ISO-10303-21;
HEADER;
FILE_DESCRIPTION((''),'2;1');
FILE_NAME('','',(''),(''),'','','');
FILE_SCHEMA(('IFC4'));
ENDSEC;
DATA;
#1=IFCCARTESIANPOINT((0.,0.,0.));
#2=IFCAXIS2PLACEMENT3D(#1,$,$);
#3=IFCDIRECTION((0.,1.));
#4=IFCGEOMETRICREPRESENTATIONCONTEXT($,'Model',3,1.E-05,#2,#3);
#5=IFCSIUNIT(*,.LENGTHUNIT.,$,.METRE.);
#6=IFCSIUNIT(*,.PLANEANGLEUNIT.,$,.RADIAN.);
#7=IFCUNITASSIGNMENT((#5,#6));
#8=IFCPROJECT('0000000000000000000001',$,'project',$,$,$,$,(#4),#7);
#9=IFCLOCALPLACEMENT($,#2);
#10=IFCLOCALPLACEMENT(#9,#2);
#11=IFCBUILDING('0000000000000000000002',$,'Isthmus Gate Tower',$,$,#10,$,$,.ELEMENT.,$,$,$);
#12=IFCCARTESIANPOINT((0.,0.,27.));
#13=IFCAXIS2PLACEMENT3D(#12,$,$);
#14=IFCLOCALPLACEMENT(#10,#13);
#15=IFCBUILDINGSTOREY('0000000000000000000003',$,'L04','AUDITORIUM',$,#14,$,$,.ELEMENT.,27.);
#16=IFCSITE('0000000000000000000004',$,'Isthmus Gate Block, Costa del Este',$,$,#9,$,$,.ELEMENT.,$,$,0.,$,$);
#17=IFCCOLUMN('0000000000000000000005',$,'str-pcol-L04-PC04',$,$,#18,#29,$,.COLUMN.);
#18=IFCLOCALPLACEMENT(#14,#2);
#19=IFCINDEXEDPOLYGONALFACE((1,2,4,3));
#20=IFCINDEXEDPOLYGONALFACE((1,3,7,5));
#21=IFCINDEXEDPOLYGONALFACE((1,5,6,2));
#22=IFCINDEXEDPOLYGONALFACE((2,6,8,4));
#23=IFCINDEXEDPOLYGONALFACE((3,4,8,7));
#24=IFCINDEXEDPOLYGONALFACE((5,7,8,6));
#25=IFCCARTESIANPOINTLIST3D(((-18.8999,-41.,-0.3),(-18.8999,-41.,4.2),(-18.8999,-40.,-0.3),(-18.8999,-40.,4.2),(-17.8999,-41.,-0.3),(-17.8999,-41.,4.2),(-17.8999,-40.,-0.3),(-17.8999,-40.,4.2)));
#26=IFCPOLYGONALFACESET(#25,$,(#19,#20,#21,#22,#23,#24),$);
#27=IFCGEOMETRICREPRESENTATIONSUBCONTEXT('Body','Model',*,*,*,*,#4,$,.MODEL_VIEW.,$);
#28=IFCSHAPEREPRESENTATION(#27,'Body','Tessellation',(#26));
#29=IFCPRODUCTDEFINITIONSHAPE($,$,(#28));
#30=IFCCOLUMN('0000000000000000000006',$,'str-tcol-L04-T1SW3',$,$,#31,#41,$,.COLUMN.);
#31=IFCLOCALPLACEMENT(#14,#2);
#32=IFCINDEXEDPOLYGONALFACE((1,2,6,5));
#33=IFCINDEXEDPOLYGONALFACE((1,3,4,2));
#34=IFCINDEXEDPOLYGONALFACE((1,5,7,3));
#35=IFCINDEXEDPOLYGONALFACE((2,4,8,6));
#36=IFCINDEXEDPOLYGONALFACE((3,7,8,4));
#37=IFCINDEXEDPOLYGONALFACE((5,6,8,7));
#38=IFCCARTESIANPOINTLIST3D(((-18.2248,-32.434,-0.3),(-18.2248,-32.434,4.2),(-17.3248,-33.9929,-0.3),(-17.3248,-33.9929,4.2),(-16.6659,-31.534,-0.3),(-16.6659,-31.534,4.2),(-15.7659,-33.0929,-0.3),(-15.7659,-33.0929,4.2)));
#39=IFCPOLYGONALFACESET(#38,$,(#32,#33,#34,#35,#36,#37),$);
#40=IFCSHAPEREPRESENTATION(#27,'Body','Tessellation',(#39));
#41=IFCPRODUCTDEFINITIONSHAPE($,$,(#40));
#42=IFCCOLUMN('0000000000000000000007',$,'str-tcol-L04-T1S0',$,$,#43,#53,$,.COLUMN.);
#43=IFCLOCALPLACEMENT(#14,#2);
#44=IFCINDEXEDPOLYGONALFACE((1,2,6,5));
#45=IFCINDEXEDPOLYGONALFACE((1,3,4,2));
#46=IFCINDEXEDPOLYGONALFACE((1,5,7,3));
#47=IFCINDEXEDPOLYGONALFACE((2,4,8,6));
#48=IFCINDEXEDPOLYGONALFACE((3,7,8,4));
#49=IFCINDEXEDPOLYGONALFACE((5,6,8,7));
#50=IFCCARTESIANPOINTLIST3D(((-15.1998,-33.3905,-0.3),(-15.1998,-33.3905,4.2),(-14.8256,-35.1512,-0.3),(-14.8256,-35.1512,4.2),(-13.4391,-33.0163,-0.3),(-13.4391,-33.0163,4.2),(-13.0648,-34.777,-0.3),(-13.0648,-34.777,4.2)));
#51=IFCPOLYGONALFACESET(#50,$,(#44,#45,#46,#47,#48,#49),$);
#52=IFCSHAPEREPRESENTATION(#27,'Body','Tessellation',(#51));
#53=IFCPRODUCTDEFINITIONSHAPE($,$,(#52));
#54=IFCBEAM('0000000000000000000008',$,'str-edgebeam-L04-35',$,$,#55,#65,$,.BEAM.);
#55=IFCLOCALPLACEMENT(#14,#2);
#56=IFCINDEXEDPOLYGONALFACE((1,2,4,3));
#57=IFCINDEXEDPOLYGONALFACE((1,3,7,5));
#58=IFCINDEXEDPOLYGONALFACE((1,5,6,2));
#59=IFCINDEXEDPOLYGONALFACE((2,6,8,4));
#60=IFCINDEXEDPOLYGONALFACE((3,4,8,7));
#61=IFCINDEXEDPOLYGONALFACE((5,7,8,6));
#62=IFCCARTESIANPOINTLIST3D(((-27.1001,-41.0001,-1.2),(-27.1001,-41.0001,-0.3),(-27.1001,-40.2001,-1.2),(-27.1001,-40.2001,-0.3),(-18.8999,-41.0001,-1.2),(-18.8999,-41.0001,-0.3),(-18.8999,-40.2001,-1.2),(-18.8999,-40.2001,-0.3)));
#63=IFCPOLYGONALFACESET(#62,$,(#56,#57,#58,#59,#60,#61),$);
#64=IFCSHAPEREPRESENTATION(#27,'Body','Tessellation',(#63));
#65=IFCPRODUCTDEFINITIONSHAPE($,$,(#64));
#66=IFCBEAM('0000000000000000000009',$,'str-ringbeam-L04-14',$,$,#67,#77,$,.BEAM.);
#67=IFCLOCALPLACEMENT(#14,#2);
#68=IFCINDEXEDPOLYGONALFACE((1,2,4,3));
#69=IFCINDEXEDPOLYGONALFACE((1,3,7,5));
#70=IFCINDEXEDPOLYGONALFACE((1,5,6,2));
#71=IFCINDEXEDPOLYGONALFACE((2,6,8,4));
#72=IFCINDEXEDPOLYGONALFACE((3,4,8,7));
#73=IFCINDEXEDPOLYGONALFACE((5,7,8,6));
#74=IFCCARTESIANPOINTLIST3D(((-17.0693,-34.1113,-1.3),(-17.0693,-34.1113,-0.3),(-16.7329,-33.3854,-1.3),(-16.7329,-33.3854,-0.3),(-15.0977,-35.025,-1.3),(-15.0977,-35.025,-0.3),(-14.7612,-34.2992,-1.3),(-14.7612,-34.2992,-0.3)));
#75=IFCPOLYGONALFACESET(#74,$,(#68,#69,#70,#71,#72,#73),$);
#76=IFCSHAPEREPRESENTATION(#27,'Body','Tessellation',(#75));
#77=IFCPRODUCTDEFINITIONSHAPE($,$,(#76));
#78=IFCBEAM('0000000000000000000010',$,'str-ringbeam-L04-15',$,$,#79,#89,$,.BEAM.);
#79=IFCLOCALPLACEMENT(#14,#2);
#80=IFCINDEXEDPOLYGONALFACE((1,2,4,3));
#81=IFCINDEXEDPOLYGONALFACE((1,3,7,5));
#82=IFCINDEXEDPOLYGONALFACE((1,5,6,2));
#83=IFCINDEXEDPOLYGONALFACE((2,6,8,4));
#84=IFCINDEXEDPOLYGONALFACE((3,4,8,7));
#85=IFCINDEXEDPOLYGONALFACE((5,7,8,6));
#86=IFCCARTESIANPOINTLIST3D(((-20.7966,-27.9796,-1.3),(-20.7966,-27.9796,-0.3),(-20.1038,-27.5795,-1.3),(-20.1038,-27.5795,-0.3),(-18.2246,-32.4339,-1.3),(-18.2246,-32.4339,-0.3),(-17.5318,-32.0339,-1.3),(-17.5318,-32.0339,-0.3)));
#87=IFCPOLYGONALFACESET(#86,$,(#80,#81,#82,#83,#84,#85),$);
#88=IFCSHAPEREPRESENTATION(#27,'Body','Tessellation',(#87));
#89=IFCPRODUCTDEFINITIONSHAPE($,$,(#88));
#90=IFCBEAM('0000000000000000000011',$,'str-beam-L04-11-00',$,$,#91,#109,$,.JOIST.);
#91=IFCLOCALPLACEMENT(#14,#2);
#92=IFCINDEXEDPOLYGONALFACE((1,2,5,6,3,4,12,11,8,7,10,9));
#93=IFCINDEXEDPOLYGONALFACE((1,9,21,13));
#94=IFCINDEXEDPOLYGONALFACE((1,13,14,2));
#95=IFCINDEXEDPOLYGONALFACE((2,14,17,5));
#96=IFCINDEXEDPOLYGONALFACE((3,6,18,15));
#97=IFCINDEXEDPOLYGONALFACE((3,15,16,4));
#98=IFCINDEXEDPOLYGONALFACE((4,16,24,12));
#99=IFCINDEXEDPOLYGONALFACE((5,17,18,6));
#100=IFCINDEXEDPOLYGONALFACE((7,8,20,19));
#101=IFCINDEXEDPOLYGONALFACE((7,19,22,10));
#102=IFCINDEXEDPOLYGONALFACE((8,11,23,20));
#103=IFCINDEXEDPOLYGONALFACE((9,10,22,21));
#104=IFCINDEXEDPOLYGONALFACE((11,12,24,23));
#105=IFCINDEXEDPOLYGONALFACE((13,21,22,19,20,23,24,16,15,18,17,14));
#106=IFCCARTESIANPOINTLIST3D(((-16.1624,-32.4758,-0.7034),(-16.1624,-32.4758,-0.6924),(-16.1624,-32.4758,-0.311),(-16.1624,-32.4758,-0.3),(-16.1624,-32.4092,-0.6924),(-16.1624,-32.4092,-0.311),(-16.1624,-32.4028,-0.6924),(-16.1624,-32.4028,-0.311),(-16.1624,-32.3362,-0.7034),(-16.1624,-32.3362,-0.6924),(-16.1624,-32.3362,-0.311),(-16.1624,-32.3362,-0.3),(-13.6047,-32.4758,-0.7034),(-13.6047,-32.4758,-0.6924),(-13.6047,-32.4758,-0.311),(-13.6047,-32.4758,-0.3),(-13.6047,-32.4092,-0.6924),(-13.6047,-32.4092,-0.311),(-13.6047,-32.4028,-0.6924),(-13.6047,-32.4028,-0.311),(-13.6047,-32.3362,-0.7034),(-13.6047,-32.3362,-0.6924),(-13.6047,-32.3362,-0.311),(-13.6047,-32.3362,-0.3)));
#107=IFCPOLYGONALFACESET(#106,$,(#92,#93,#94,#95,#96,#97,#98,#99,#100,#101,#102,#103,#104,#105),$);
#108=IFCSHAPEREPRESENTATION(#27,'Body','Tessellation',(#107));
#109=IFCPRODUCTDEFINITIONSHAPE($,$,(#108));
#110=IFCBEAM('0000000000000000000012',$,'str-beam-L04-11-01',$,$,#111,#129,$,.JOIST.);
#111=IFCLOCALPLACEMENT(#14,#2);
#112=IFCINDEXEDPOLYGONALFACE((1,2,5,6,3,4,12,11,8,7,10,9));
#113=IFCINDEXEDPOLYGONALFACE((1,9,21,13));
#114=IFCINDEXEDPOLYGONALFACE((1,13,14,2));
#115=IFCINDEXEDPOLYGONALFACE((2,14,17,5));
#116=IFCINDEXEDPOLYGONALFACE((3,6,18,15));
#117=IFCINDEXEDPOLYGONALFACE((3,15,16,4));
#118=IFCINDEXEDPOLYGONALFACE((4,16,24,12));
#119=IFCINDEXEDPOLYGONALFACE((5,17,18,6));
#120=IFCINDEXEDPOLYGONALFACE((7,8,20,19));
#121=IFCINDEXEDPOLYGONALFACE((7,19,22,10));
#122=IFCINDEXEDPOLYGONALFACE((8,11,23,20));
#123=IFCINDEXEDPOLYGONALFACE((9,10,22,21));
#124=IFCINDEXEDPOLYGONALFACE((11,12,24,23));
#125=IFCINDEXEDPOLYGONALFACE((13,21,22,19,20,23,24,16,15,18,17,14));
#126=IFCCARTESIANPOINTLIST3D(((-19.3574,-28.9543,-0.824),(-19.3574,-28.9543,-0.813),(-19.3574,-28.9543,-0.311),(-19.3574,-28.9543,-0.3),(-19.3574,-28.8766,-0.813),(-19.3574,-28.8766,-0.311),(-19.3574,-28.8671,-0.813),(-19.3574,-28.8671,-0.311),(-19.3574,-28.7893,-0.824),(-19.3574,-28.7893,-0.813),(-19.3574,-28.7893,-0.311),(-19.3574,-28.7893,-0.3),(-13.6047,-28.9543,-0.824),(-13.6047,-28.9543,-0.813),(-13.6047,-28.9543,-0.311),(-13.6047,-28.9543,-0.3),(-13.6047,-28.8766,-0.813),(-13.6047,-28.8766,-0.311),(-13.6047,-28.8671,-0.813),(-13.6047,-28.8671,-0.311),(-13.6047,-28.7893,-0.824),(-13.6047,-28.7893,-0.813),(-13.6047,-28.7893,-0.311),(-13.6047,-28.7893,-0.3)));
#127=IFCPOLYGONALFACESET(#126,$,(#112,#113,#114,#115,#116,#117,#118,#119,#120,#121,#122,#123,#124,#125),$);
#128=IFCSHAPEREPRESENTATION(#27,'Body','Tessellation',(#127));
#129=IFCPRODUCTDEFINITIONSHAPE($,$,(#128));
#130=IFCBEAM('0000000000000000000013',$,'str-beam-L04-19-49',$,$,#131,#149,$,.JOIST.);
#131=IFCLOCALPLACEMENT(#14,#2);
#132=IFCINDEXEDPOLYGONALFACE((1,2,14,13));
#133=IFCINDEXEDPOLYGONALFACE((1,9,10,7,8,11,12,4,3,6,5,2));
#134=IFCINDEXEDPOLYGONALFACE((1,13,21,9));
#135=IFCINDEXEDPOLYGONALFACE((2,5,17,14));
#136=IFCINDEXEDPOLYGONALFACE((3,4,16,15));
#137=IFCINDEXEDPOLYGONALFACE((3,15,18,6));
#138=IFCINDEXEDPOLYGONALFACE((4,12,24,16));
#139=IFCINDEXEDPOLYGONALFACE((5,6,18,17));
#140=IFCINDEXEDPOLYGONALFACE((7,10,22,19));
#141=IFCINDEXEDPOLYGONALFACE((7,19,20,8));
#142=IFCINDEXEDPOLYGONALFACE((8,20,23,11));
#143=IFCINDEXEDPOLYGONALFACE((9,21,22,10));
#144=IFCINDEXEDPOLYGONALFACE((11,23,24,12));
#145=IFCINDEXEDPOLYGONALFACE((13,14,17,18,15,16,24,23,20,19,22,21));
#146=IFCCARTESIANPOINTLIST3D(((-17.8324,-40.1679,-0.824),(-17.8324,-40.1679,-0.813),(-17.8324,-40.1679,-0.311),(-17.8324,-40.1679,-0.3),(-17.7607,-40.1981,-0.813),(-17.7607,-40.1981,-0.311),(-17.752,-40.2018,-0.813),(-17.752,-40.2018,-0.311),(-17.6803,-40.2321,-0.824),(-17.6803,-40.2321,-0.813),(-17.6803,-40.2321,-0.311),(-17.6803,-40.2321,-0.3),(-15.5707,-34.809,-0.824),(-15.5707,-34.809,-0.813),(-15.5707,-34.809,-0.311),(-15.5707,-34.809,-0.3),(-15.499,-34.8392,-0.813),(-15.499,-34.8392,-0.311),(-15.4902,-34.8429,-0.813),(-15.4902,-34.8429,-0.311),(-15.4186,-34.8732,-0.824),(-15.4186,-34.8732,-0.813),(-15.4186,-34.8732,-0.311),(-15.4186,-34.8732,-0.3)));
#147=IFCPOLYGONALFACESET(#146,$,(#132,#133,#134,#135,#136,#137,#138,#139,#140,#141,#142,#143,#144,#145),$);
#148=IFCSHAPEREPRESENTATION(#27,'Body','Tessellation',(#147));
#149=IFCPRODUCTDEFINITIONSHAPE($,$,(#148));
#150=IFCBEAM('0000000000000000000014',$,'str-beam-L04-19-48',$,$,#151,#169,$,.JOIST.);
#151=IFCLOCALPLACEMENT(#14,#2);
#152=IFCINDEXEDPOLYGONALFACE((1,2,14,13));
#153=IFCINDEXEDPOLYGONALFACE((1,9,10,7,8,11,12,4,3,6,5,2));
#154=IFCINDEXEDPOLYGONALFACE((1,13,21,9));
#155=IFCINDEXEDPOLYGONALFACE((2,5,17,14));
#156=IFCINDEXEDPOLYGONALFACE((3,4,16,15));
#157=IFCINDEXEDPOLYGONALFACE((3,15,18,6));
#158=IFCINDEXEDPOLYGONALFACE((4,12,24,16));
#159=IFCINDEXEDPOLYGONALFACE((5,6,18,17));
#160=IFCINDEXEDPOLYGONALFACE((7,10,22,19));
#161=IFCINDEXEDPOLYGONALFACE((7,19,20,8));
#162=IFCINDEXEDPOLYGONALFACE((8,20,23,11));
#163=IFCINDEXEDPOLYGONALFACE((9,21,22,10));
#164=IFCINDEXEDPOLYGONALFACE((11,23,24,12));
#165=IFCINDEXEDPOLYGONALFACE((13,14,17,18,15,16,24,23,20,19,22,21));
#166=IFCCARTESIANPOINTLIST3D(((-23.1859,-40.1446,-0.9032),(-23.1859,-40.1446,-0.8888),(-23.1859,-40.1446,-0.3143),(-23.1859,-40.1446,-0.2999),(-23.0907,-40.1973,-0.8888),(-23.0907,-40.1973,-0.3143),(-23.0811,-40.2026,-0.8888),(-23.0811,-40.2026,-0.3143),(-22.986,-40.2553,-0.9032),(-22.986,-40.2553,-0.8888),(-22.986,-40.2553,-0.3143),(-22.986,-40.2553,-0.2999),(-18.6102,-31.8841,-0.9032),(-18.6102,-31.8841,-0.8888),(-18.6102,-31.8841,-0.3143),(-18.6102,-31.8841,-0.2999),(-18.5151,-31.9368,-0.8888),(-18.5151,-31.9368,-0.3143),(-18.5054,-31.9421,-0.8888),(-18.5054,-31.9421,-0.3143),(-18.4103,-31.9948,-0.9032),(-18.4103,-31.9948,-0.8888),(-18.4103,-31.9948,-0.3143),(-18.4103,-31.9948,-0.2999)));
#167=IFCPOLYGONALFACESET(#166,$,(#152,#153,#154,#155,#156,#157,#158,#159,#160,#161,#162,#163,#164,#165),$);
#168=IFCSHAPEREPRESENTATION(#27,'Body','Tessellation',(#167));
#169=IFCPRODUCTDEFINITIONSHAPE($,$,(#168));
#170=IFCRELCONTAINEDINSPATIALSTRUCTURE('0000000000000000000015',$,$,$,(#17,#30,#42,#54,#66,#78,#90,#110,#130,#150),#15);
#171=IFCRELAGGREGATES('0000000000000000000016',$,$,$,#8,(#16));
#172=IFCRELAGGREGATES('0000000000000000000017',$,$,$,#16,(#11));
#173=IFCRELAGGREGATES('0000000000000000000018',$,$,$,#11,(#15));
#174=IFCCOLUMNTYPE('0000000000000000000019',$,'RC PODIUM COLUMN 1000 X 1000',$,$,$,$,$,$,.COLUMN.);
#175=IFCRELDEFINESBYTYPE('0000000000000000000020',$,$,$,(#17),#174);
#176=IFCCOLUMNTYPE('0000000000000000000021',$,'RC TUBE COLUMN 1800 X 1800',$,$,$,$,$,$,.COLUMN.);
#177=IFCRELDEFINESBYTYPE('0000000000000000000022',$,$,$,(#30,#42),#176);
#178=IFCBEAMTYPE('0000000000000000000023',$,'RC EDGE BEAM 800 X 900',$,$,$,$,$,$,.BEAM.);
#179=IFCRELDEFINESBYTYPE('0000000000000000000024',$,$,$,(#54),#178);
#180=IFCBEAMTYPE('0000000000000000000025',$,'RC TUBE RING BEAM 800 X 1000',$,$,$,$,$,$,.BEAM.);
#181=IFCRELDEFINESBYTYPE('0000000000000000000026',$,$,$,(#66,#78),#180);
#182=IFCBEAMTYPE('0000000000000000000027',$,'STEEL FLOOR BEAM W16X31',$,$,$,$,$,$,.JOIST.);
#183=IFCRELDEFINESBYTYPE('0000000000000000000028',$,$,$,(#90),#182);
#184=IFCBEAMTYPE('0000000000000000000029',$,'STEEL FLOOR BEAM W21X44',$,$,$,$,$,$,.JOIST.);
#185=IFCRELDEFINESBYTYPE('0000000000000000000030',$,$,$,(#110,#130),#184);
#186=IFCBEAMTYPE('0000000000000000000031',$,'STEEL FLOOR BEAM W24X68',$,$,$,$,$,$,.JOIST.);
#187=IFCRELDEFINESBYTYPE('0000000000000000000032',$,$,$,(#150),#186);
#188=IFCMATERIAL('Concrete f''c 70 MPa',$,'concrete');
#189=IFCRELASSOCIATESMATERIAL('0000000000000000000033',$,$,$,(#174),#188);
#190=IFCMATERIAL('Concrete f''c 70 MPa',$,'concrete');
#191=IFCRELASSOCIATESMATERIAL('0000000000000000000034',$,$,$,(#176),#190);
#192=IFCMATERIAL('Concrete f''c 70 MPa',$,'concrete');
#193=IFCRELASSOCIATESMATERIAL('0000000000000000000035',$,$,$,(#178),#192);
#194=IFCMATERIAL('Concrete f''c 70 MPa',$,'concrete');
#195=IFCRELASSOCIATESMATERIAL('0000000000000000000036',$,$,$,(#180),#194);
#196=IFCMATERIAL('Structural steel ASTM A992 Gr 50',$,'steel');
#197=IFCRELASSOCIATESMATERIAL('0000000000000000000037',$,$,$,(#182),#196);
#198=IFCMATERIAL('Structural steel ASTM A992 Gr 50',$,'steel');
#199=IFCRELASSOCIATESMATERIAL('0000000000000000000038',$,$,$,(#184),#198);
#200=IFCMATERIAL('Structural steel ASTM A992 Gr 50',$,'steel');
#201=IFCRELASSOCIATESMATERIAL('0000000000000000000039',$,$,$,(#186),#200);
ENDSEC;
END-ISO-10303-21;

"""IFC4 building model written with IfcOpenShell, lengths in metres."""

from ifc_helpers import new_model, si_unit, direction, frame, origin, origin_2d, place, context, subcontext, project, spatial, rectangle, i_section, extrude, material, material_profile, profile_set, type_object, element, save


model = new_model("IFC4")

# Units and contexts
model_context = context("Model", 3, precision=1e-05, world=origin(), true_north=direction((0.0, 1.0)))
body_context = subcontext(model_context, "Body", "Model", "MODEL_VIEW")
ifc_project = project(units=[si_unit("LENGTHUNIT", "METRE"), si_unit("PLANEANGLEUNIT", "RADIAN")], contexts=[model_context])

# Site, building, storey
site_placement = place(None, origin())
site = spatial("IfcSite", under=ifc_project, at=site_placement, Name="Isthmus Gate Block, Costa del Este", CompositionType="ELEMENT", RefElevation=0.0)
building_placement = place(site_placement, origin())
building = spatial("IfcBuilding", under=site, at=building_placement, Name="Isthmus Gate Tower", CompositionType="ELEMENT")
storey_placement = place(building_placement, frame((0.0, 0.0, 27.0)))
storey = spatial("IfcBuildingStorey", under=building, at=storey_placement, Name="L04", Description="AUDITORIUM", CompositionType="ELEMENT", Elevation=27.0)

# Columns
ifc_material_1 = material(Name="Concrete f'c 70 MPa", Category="concrete")
ifc_material_profile_1 = material_profile(ifc_material_1, rectangle(XDim=1.0, YDim=1.0, at=origin_2d()), Name="RC 1000X1000")
ifc_profile_set_1 = profile_set([ifc_material_profile_1], Name="Concrete f'c 70 MPa")
column_type_1 = type_object("IfcColumnType", Name="RC PODIUM COLUMN 1000 X 1000", PredefinedType="COLUMN", material=ifc_profile_set_1)
column_placement = place(storey_placement, frame((-18.3999, -40.5, -0.3), z_axis=(0.0, 0.0, 1.0), x_axis=(1.0, 0.0, 0.0)))
element("IfcColumn", 1, at=column_placement, inside=storey, type_object=column_type_1, Name="str-pcol-L04-PC04", PredefinedType="COLUMN", context=body_context, shape_type="SweptSolid", body=[
    extrude(rectangle(XDim=1.0, YDim=1.0, at=origin_2d()), origin(), (0.0, 0.0, 1.0), 4.5),
])
ifc_material_2 = material(Name="Concrete f'c 70 MPa", Category="concrete")
ifc_material_profile_2 = material_profile(ifc_material_2, rectangle(XDim=1.8, YDim=1.8, at=origin_2d()), Name="RC 1800X1800")
ifc_profile_set_2 = profile_set([ifc_material_profile_2], Name="Concrete f'c 70 MPa")
column_type_2 = type_object("IfcColumnType", Name="RC TUBE COLUMN 1800 X 1800", PredefinedType="COLUMN", material=ifc_profile_set_2)
for number, where, z_axis, x_axis, name in (
    (2, (-16.9954, -32.7634, -0.3), (0.0, 0.0, 1.0), (0.5, -0.866025, 0.0), "str-tcol-L04-T1SW3"),
    (3, (-14.1323, -34.0837, -0.3), (0.0, 0.0, 1.0), (0.978148, 0.207912, 0.0), "str-tcol-L04-T1S0"),
):
    element("IfcColumn", number, at=place(storey_placement, frame(where, z_axis=z_axis, x_axis=x_axis)), inside=storey, type_object=column_type_2, Name=name, PredefinedType="COLUMN", context=body_context, shape_type="SweptSolid", body=[
        extrude(rectangle(XDim=1.8, YDim=1.8, at=origin_2d()), origin(), (0.0, 0.0, 1.0), 4.5),
    ])

# Beams
ifc_material_3 = material(Name="Concrete f'c 70 MPa", Category="concrete")
ifc_material_profile_3 = material_profile(ifc_material_3, rectangle(XDim=0.8, YDim=0.8999, at=origin_2d()), Name="RC 800X900")
ifc_profile_set_3 = profile_set([ifc_material_profile_3], Name="Concrete f'c 70 MPa")
beam_type_1 = type_object("IfcBeamType", Name="RC EDGE BEAM 800 X 900", PredefinedType="BEAM", material=ifc_profile_set_3)
beam_1_placement = place(storey_placement, frame((-18.8999, -40.6001, -0.75), z_axis=(-1.0, 0.0, 0.0), x_axis=(0.0, -1.0, 0.0)))
element("IfcBeam", 4, at=beam_1_placement, inside=storey, type_object=beam_type_1, Name="str-edgebeam-L04-35", PredefinedType="BEAM", context=body_context, shape_type="SweptSolid", body=[
    extrude(rectangle(XDim=0.8, YDim=0.8999, at=origin_2d()), origin(), (0.0, 0.0, 1.0), 8.2002),
])
ifc_material_4 = material(Name="Concrete f'c 70 MPa", Category="concrete")
ifc_material_profile_4 = material_profile(ifc_material_4, rectangle(XDim=0.8, YDim=1.0, at=origin_2d()), Name="RC 800X1000")
ifc_profile_set_4 = profile_set([ifc_material_profile_4], Name="Concrete f'c 70 MPa")
beam_type_2 = type_object("IfcBeamType", Name="RC TUBE RING BEAM 800 X 1000", PredefinedType="BEAM", material=ifc_profile_set_4)
beam_2_placement = place(storey_placement, frame((-14.9294, -34.6621, -0.8), z_axis=(-0.907291, 0.420504, 0.0), x_axis=(-0.420504, -0.907291, 0.0)))
element("IfcBeam", 5, at=beam_2_placement, inside=storey, type_object=beam_type_2, Name="str-ringbeam-L04-14", PredefinedType="BEAM", context=body_context, shape_type="SweptSolid", body=[
    extrude(rectangle(XDim=0.8, YDim=1.0, at=origin_2d()), origin(), (0.0, 0.0, 1.0), 2.1731),
])
beam_3_placement = place(storey_placement, frame((-17.8782, -32.2339, -0.8), z_axis=(-0.500044, 0.866, 0.0), x_axis=(-0.866, -0.500044, 0.0)))
element("IfcBeam", 6, at=beam_3_placement, inside=storey, type_object=beam_type_2, Name="str-ringbeam-L04-15", PredefinedType="BEAM", context=body_context, shape_type="SweptSolid", body=[
    extrude(rectangle(XDim=0.8, YDim=1.0, at=origin_2d()), origin(), (0.0, 0.0, 1.0), 5.1436),
])
ifc_material_5 = material(Name="Structural steel ASTM A992 Gr 50", Category="steel")
ifc_material_profile_5 = material_profile(ifc_material_5, i_section(OverallWidth=0.1396, OverallDepth=0.4033, WebThickness=0.0063, FlangeThickness=0.011, at=origin_2d()), Name="W16X31")
ifc_profile_set_5 = profile_set([ifc_material_profile_5], Name="Structural steel ASTM A992 Gr 50")
beam_type_3 = type_object("IfcBeamType", Name="STEEL FLOOR BEAM W16X31", PredefinedType="JOIST", material=ifc_profile_set_5)
beam_4_placement = place(storey_placement, frame((-16.1624, -32.406, -0.5017), z_axis=(1.0, 0.0, 0.0), x_axis=(0.0, 1.0, 0.0)))
element("IfcBeam", 7, at=beam_4_placement, inside=storey, type_object=beam_type_3, Name="str-beam-L04-11-00", PredefinedType="JOIST", context=body_context, shape_type="SweptSolid", body=[
    extrude(i_section(OverallWidth=0.1396, OverallDepth=0.4033, WebThickness=0.0063, FlangeThickness=0.011, at=origin_2d()), origin(), (0.0, 0.0, 1.0), 2.5576),
])
ifc_material_6 = material(Name="Structural steel ASTM A992 Gr 50", Category="steel")
ifc_material_profile_6 = material_profile(ifc_material_6, i_section(OverallWidth=0.165, OverallDepth=0.5239, WebThickness=0.0095, FlangeThickness=0.011, at=origin_2d()), Name="W21X44")
ifc_profile_set_6 = profile_set([ifc_material_profile_6], Name="Structural steel ASTM A992 Gr 50")
beam_type_4 = type_object("IfcBeamType", Name="STEEL FLOOR BEAM W21X44", PredefinedType="JOIST", material=ifc_profile_set_6)
beam_5_placement = place(storey_placement, frame((-19.3574, -28.8718, -0.562), z_axis=(1.0, 0.0, 0.0), x_axis=(0.0, 1.0, 0.0)))
element("IfcBeam", 8, at=beam_5_placement, inside=storey, type_object=beam_type_4, Name="str-beam-L04-11-01", PredefinedType="JOIST", context=body_context, shape_type="SweptSolid", body=[
    extrude(i_section(OverallWidth=0.165, OverallDepth=0.5239, WebThickness=0.0095, FlangeThickness=0.011, at=origin_2d()), origin(), (0.0, 0.0, 1.0), 5.7527),
])
beam_6_placement = place(storey_placement, frame((-15.4946, -34.8411, -0.562), z_axis=(-0.388837, -0.921306, 0.0), x_axis=(0.921306, -0.388837, 0.0)))
element("IfcBeam", 9, at=beam_6_placement, inside=storey, type_object=beam_type_4, Name="str-beam-L04-19-49", PredefinedType="JOIST", context=body_context, shape_type="SweptSolid", body=[
    extrude(i_section(OverallWidth=0.165, OverallDepth=0.5239, WebThickness=0.0095, FlangeThickness=0.011, at=origin_2d()), origin(), (0.0, 0.0, 1.0), 5.8167),
])
ifc_material_7 = material(Name="Structural steel ASTM A992 Gr 50", Category="steel")
ifc_material_profile_7 = material_profile(ifc_material_7, i_section(OverallWidth=0.2285, OverallDepth=0.6033, WebThickness=0.011, FlangeThickness=0.0144, at=origin_2d()), Name="W24X68")
ifc_profile_set_7 = profile_set([ifc_material_profile_7], Name="Structural steel ASTM A992 Gr 50")
beam_type_5 = type_object("IfcBeamType", Name="STEEL FLOOR BEAM W24X68", PredefinedType="JOIST", material=ifc_profile_set_7)
beam_7_placement = place(storey_placement, frame((-18.5103, -31.9395, -0.6016), z_axis=(-0.484552, -0.874763, 0.0), x_axis=(0.874763, -0.484552, 0.0)))
element("IfcBeam", 10, at=beam_7_placement, inside=storey, type_object=beam_type_5, Name="str-beam-L04-19-48", PredefinedType="JOIST", context=body_context, shape_type="SweptSolid", body=[
    extrude(i_section(OverallWidth=0.2285, OverallDepth=0.6033, WebThickness=0.011, FlangeThickness=0.0144, at=origin_2d()), origin(), (0.0, 0.0, 1.0), 9.4431),
])

save(model, "model.ifc")
